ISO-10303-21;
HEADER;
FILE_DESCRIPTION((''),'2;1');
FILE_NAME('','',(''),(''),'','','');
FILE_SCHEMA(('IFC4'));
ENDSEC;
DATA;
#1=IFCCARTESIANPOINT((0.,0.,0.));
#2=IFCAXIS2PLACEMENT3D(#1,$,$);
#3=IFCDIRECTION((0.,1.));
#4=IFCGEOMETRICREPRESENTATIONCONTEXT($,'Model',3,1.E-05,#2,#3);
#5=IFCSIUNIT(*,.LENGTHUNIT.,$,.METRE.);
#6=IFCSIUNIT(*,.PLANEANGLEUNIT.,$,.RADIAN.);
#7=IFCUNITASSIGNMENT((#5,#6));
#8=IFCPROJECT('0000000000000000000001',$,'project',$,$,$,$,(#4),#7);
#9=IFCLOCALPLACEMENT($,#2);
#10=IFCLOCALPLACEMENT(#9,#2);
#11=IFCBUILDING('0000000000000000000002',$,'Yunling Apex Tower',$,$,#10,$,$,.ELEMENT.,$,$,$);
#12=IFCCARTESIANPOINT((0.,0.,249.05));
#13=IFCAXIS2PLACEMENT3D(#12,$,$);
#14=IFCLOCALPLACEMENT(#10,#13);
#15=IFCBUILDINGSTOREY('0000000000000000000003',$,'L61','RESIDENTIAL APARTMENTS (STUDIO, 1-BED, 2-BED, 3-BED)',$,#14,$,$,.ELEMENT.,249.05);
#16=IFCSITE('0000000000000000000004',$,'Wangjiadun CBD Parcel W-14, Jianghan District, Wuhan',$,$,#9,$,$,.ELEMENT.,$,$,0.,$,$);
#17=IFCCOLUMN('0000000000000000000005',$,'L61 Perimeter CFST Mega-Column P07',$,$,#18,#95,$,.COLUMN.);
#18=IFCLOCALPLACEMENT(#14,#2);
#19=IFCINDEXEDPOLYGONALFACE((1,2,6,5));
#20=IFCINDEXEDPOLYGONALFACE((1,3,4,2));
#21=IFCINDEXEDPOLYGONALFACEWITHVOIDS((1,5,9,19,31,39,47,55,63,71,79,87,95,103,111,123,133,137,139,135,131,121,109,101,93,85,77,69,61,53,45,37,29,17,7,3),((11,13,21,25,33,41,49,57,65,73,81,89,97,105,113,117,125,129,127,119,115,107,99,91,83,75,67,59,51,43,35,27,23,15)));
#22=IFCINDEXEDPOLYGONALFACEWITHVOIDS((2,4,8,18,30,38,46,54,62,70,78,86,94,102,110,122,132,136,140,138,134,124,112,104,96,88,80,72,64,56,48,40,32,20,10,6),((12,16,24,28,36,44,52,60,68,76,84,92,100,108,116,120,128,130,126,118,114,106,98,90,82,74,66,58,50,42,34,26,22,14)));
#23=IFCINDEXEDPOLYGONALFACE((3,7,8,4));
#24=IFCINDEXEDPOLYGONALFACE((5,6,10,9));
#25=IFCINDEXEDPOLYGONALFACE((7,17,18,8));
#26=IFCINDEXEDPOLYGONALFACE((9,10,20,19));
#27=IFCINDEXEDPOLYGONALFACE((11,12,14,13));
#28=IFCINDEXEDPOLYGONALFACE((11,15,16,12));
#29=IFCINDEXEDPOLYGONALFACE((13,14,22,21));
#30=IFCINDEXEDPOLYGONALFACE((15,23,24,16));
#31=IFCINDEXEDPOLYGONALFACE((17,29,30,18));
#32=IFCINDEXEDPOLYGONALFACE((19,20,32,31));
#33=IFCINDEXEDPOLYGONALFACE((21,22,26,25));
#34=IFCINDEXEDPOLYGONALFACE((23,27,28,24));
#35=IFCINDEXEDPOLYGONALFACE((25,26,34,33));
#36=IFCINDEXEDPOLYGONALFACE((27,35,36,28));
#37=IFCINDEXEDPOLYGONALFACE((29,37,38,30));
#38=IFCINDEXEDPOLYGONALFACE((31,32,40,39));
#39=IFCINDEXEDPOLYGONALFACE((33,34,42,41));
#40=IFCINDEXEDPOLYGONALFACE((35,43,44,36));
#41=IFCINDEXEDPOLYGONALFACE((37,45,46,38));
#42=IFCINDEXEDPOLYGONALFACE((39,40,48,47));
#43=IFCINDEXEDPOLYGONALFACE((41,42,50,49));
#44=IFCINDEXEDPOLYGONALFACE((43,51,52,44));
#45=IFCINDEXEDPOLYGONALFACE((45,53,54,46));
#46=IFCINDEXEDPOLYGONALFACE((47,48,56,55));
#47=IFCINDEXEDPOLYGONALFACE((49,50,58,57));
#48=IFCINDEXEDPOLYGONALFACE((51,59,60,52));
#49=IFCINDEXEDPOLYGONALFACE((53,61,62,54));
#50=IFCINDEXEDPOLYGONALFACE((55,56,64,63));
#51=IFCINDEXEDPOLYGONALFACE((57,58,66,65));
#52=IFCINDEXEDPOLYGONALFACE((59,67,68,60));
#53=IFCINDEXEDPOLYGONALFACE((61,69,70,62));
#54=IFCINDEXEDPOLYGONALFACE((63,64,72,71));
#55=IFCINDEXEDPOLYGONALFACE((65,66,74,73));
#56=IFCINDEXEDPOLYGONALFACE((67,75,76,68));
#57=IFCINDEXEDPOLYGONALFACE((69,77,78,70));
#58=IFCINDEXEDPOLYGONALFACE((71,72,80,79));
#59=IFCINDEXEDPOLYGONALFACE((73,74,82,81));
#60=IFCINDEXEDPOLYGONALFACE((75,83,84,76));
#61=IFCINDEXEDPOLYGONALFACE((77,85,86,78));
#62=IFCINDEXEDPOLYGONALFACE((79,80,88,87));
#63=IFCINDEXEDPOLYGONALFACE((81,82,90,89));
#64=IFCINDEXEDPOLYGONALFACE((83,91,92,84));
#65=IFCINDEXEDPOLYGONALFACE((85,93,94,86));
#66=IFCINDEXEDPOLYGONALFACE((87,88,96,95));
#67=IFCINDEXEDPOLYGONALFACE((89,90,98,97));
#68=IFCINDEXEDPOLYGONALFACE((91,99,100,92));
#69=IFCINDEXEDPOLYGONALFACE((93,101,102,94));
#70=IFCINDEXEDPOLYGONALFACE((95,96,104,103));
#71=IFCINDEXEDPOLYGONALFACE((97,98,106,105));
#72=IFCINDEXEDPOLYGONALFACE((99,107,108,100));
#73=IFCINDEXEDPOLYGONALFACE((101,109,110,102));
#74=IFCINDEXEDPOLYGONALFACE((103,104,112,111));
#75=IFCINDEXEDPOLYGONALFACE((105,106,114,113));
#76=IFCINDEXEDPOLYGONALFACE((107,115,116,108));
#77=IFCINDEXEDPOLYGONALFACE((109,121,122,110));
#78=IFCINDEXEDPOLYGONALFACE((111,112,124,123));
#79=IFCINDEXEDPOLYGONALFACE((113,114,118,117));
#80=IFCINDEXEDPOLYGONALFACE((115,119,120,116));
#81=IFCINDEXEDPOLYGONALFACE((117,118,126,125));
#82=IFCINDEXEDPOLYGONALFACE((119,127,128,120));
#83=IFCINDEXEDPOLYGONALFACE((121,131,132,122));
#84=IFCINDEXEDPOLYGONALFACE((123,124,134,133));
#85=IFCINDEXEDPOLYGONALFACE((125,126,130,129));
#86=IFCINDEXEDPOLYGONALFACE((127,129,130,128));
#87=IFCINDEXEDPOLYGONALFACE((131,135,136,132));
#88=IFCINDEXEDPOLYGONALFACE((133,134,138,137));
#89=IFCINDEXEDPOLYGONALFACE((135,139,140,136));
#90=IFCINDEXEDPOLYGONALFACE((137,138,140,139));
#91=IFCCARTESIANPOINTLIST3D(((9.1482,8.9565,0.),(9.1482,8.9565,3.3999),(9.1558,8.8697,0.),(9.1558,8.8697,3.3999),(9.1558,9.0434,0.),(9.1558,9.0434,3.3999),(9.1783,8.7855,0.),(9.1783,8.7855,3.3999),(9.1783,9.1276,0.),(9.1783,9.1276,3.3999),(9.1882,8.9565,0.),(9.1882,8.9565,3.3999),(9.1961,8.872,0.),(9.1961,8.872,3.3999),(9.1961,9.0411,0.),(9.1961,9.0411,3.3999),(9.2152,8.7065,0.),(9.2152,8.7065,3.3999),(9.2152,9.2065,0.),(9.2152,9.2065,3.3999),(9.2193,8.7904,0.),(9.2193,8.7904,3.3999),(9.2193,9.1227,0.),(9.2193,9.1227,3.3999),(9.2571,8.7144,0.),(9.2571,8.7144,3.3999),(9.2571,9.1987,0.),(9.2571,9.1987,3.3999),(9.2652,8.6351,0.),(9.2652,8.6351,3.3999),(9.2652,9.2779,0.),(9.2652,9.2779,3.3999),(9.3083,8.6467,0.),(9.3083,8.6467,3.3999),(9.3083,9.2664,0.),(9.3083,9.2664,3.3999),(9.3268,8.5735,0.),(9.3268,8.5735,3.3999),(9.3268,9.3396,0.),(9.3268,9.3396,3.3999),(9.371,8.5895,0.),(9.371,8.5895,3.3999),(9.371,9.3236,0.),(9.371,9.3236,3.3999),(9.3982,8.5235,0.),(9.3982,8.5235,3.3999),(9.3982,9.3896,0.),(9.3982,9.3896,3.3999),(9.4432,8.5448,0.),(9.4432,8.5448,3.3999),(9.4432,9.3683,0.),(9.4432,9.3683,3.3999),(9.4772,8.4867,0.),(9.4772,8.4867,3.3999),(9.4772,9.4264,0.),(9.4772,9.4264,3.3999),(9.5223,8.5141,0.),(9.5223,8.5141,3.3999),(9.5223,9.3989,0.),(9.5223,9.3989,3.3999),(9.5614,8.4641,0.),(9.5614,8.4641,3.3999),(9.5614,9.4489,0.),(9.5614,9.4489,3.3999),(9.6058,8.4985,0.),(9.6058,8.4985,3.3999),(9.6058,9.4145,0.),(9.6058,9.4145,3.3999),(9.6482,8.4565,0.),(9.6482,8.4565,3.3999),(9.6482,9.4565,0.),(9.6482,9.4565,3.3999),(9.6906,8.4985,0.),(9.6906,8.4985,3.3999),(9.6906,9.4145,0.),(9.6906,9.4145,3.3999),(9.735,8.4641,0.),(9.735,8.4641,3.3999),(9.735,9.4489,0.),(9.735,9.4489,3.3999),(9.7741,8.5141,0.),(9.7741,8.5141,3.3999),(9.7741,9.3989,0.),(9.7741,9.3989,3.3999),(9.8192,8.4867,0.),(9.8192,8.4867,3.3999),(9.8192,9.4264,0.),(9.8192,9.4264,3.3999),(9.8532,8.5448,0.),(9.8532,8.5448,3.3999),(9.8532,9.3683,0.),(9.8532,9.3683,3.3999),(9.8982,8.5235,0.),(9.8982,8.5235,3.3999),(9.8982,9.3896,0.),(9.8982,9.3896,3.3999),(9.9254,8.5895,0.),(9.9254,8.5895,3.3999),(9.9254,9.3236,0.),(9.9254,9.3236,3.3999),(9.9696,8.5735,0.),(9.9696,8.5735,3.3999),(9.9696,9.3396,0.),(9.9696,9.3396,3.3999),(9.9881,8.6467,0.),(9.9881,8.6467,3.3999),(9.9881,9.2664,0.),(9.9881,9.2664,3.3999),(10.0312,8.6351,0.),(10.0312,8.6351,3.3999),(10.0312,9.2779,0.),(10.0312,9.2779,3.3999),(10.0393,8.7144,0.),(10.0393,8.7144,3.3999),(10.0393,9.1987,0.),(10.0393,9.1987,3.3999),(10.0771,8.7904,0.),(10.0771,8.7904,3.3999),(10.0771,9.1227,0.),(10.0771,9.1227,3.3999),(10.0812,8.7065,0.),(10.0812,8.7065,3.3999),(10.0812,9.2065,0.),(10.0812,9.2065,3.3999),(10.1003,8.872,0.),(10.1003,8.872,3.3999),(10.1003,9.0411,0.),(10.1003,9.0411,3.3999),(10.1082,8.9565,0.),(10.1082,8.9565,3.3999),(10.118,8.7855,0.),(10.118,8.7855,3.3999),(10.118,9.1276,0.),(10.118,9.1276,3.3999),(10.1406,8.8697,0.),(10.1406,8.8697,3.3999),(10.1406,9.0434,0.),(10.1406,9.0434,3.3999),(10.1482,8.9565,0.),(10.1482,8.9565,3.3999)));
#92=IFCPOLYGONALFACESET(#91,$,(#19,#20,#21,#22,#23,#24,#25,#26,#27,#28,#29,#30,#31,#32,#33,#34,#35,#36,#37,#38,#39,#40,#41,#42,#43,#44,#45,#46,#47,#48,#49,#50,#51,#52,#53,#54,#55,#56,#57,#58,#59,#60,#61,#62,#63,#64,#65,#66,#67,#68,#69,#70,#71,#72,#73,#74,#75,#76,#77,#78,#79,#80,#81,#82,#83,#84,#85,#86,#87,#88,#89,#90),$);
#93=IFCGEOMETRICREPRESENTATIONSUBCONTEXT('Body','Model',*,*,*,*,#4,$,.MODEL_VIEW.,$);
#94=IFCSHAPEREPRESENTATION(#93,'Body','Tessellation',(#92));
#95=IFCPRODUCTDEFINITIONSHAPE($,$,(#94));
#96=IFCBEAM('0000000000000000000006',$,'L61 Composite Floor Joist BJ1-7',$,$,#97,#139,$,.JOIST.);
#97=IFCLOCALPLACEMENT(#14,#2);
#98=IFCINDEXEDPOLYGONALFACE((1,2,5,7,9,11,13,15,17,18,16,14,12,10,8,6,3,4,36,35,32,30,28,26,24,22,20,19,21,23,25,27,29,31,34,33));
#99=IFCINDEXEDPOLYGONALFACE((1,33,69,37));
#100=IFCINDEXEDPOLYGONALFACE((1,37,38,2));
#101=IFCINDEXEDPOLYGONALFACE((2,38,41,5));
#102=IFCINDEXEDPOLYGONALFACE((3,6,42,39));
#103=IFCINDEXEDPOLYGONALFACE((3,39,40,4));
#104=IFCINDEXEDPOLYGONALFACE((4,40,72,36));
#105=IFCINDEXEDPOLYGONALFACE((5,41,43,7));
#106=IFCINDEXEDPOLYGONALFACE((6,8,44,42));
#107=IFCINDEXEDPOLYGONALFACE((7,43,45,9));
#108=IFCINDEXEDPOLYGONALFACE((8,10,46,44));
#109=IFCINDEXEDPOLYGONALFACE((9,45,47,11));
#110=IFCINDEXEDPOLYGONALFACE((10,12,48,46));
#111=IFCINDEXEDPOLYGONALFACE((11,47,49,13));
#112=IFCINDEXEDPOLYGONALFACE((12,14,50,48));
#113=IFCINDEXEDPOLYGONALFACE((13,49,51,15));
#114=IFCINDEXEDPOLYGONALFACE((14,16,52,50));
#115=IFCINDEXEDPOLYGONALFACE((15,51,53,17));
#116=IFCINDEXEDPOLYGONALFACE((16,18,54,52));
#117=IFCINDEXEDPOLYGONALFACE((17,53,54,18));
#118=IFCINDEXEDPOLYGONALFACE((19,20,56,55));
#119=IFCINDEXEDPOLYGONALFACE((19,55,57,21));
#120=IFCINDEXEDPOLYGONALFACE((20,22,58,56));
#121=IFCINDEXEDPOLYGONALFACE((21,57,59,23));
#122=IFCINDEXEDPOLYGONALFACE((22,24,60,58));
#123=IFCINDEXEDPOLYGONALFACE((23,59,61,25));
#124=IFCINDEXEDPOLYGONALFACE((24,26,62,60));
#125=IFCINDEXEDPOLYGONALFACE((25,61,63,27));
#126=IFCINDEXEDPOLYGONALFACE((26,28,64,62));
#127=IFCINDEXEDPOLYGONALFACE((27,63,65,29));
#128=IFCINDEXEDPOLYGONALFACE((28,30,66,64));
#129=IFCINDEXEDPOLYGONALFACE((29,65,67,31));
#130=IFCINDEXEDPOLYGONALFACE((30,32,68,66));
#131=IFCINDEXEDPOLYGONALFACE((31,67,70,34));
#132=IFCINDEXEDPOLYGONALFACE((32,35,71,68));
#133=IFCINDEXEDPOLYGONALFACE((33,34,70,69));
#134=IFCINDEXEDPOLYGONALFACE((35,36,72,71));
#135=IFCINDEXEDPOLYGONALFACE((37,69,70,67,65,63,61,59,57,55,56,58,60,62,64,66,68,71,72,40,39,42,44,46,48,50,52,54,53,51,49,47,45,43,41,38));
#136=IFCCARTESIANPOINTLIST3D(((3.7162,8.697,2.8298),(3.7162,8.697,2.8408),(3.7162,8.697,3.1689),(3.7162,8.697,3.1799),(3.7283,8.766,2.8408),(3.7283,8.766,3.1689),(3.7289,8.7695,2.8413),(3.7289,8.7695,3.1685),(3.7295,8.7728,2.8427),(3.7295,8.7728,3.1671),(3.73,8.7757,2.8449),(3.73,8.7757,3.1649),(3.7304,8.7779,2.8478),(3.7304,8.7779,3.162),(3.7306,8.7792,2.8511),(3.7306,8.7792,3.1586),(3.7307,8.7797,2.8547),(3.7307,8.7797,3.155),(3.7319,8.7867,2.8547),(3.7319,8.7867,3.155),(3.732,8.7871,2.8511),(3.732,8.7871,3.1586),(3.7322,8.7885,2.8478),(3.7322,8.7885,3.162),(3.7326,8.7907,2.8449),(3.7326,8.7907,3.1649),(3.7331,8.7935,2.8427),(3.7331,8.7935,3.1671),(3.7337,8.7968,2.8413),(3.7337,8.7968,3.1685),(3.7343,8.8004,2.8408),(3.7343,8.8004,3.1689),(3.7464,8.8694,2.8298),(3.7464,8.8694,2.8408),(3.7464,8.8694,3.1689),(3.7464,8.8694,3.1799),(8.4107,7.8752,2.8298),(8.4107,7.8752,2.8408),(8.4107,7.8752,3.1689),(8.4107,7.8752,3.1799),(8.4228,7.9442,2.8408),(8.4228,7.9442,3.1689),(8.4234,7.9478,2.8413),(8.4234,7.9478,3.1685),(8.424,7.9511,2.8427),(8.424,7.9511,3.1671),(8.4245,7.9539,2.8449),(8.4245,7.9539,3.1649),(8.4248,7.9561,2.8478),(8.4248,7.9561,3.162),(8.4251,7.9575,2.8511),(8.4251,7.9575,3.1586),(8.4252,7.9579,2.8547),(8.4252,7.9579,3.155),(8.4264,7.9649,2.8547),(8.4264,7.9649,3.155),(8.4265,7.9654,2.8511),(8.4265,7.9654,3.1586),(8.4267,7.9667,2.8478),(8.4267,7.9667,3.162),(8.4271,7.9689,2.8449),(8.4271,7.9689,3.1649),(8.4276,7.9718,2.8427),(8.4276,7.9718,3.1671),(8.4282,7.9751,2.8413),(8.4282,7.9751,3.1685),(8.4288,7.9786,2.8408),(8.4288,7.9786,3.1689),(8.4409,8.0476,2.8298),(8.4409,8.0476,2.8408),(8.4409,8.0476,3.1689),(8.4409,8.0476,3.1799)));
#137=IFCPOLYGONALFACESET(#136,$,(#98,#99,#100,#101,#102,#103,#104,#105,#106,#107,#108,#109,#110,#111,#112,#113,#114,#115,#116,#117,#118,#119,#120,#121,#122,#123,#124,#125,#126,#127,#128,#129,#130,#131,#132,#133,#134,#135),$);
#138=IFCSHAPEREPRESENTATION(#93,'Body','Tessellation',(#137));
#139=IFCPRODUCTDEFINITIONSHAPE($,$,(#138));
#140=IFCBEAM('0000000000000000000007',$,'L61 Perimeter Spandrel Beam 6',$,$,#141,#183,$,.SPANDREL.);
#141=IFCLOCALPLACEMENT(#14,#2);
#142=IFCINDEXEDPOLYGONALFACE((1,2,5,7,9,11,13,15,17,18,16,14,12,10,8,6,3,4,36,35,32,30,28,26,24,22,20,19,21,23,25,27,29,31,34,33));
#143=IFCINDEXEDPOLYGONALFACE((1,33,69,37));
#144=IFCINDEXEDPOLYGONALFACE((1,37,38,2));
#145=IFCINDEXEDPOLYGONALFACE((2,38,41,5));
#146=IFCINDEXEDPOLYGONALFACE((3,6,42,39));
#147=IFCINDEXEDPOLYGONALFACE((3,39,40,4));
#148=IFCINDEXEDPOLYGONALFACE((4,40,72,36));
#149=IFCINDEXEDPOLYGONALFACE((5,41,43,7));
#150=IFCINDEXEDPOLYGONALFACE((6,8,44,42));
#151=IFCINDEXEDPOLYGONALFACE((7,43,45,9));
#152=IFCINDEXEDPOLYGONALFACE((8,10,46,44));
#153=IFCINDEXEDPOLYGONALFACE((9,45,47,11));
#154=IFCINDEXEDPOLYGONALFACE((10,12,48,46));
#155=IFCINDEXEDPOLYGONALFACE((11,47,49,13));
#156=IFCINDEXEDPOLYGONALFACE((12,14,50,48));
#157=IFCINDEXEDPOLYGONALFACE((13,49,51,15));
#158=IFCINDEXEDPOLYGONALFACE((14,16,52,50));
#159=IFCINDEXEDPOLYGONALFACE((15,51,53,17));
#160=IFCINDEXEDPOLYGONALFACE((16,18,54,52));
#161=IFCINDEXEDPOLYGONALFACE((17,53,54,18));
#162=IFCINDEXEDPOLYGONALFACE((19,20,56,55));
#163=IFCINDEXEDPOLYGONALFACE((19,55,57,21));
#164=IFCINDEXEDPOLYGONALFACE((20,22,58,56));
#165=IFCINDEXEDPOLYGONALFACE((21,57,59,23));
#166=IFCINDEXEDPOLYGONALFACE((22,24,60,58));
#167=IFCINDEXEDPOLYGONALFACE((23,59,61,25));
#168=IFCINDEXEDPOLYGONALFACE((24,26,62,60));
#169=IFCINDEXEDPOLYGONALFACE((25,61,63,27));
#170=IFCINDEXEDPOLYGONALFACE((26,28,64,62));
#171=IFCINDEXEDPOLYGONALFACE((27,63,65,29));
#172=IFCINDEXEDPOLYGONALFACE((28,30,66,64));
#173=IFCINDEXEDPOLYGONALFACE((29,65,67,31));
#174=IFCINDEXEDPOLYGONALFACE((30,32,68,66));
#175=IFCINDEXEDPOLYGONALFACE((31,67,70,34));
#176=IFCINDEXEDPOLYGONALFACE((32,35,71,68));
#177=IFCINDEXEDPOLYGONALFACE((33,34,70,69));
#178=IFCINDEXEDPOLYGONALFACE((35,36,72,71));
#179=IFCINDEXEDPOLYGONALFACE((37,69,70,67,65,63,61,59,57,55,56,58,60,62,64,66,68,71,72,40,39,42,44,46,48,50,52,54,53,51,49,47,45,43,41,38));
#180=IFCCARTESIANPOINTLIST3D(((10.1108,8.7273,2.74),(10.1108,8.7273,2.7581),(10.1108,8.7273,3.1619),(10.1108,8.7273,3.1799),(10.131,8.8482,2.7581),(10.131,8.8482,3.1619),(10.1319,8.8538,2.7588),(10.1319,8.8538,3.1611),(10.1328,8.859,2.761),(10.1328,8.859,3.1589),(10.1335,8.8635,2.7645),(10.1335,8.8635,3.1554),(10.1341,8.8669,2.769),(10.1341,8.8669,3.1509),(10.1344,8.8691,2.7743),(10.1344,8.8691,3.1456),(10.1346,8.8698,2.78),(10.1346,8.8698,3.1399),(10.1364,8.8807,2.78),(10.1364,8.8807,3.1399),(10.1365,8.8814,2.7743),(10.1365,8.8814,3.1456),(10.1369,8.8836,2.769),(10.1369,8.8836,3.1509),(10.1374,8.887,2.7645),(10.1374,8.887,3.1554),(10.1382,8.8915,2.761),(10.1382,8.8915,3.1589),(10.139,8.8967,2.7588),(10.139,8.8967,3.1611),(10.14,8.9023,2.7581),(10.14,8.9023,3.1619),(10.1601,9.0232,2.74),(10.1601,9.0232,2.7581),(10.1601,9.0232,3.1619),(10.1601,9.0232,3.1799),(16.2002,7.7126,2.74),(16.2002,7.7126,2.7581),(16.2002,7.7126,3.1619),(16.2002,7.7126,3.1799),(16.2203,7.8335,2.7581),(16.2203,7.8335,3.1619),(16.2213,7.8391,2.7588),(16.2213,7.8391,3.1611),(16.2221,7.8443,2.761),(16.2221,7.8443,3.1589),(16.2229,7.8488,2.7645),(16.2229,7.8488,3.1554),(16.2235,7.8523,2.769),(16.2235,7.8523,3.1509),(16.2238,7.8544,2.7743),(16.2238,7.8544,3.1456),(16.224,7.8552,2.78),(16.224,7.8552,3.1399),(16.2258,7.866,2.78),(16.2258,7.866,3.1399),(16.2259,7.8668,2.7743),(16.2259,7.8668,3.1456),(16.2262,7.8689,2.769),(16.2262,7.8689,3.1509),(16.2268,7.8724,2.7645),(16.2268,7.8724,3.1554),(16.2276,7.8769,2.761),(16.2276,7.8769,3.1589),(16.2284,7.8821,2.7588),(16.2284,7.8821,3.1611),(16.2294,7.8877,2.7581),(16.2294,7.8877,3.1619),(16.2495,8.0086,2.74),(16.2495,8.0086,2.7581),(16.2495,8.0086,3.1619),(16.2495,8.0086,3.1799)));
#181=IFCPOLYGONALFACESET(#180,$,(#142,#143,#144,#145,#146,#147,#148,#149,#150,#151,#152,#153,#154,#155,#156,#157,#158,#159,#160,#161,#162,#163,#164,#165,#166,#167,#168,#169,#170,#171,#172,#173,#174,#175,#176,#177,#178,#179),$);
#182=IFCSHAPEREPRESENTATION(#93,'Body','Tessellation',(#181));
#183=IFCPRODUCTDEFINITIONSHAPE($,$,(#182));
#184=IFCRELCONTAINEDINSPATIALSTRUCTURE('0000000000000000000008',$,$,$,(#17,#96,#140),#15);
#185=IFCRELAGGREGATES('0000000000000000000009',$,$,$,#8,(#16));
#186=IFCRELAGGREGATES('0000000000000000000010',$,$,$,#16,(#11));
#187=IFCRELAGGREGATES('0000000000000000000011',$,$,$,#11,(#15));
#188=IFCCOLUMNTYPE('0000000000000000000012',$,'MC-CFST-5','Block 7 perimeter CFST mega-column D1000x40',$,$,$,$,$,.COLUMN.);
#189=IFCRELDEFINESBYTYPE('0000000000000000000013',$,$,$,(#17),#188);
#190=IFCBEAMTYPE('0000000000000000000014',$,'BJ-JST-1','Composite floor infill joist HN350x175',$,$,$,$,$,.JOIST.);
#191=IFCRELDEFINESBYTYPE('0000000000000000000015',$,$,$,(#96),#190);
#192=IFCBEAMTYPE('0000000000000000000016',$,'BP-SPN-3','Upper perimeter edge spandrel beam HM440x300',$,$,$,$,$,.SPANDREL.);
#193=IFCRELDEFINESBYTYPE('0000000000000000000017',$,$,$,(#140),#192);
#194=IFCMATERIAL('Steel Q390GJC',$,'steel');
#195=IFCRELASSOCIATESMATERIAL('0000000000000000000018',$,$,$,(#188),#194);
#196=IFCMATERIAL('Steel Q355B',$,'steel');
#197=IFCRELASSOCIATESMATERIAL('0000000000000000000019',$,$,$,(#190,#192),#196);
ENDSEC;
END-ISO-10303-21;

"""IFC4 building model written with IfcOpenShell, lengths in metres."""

from ifc_helpers import new_model, si_unit, direction, frame, origin, origin_2d, place, context, subcontext, project, spatial, hollow_circle, i_section, extrude, source, transform, mapped, material, material_profile, profile_set, type_object, element, save


model = new_model("IFC4")

# Units and contexts
model_context = context("Model", 3, precision=1e-05, world=origin(), true_north=direction((0.0, 1.0)))
body_context = subcontext(model_context, "Body", "Model", "MODEL_VIEW")
ifc_project = project(units=[si_unit("LENGTHUNIT", "METRE"), si_unit("PLANEANGLEUNIT", "RADIAN")], contexts=[model_context])

# Site, building, storey
site_placement = place(None, origin())
site = spatial("IfcSite", under=ifc_project, at=site_placement, Name="Wangjiadun CBD Parcel W-14, Jianghan District, Wuhan", CompositionType="ELEMENT", RefElevation=0.0)
building_placement = place(site_placement, origin())
building = spatial("IfcBuilding", under=site, at=building_placement, Name="Yunling Apex Tower", CompositionType="ELEMENT")
storey_placement = place(building_placement, frame((0.0, 0.0, 249.05)))
storey = spatial("IfcBuildingStorey", under=building, at=storey_placement, Name="L61", Description="RESIDENTIAL APARTMENTS (STUDIO, 1-BED, 2-BED, 3-BED)", CompositionType="ELEMENT", Elevation=249.05)

# Column
ifc_material_1 = material(Name="Steel Q390GJC", Category="steel")
ifc_material_profile_1 = material_profile(ifc_material_1, hollow_circle(Radius=0.5, WallThickness=0.04, at=origin_2d()))
ifc_profile_set_1 = profile_set([ifc_material_profile_1], Name="Steel Q390GJC")
column_type = type_object("IfcColumnType", Name="MC-CFST-5", Description="Block 7 perimeter CFST mega-column D1000x40", PredefinedType="COLUMN", material=ifc_profile_set_1)
shared_shape_1 = source(origin(), body_context, "Body", "SweptSolid", [
    extrude(hollow_circle(Radius=0.5, WallThickness=0.04, at=origin_2d()), origin(), (0.0, 0.0, 1.0), 3.3999),
])
for number, where, z_axis, x_axis, name in (
    (1, (9.6482, 8.9565, 0.0), (0.0, 0.0, 1.0), (1.0, 0.0, 0.0), "L61 Perimeter CFST Mega-Column P07"),
):
    element("IfcColumn", number, at=place(storey_placement, frame(where, z_axis=z_axis, x_axis=x_axis)), inside=storey, type_object=column_type, Name=name, PredefinedType="COLUMN", context=body_context, shape_type="MappedRepresentation", body=[
        mapped(shared_shape_1, transform((0.0, 0.0, 0.0), scale=1.0)),
    ])

# Beams
ifc_material_2 = material(Name="Steel Q355B", Category="steel")
ifc_material_profile_2 = material_profile(ifc_material_2, i_section(OverallWidth=0.175, OverallDepth=0.3501, WebThickness=0.0071, FlangeThickness=0.011, FilletRadius=0.0139, at=origin_2d()))
ifc_profile_set_2 = profile_set([ifc_material_profile_2], Name="Steel Q355B")
beam_type_1 = type_object("IfcBeamType", Name="BJ-JST-1", Description="Composite floor infill joist HN350x175", PredefinedType="JOIST", material=ifc_profile_set_2)
shared_shape_2 = source(origin(), body_context, "Body", "SweptSolid", [
    extrude(i_section(OverallWidth=0.175, OverallDepth=0.3501, WebThickness=0.0071, FlangeThickness=0.011, FilletRadius=0.0139, at=origin_2d()), origin(), (0.0, 0.0, 1.0), 4.7659),
])
beam_1_placement = place(storey_placement, frame((8.4258, 7.9614, 3.0049), z_axis=(-0.985022, 0.172426, 0.0), x_axis=(-0.172426, -0.985022, 0.0)))
element("IfcBeam", 2, at=beam_1_placement, inside=storey, type_object=beam_type_1, Name="L61 Composite Floor Joist BJ1-7", PredefinedType="JOIST", context=body_context, shape_type="MappedRepresentation", body=[
    mapped(shared_shape_2, transform((0.0, 0.0, 0.0), scale=1.0)),
])
ifc_material_profile_3 = material_profile(ifc_material_2, i_section(OverallWidth=0.3, OverallDepth=0.4399, WebThickness=0.011, FlangeThickness=0.0181, FilletRadius=0.022, at=origin_2d()))
ifc_profile_set_3 = profile_set([ifc_material_profile_3], Name="Steel Q355B")
beam_type_2 = type_object("IfcBeamType", Name="BP-SPN-3", Description="Upper perimeter edge spandrel beam HM440x300", PredefinedType="SPANDREL", material=ifc_profile_set_3)
shared_shape_3 = source(origin(), body_context, "Body", "SweptSolid", [
    extrude(i_section(OverallWidth=0.3, OverallDepth=0.4399, WebThickness=0.011, FlangeThickness=0.0181, FilletRadius=0.022, at=origin_2d()), origin(), (0.0, 0.0, 1.0), 6.1733),
])
for number, where, z_axis, x_axis, name in (
    (3, (16.2249, 7.8606, 2.96), (-0.9864, 0.164361, 0.0), (-0.164361, -0.9864, 0.0), "L61 Perimeter Spandrel Beam 6"),
):
    element("IfcBeam", number, at=place(storey_placement, frame(where, z_axis=z_axis, x_axis=x_axis)), inside=storey, type_object=beam_type_2, Name=name, PredefinedType="SPANDREL", context=body_context, shape_type="MappedRepresentation", body=[
        mapped(shared_shape_3, transform((0.0, 0.0, 0.0), scale=1.0)),
    ])

save(model, "model.ifc")
